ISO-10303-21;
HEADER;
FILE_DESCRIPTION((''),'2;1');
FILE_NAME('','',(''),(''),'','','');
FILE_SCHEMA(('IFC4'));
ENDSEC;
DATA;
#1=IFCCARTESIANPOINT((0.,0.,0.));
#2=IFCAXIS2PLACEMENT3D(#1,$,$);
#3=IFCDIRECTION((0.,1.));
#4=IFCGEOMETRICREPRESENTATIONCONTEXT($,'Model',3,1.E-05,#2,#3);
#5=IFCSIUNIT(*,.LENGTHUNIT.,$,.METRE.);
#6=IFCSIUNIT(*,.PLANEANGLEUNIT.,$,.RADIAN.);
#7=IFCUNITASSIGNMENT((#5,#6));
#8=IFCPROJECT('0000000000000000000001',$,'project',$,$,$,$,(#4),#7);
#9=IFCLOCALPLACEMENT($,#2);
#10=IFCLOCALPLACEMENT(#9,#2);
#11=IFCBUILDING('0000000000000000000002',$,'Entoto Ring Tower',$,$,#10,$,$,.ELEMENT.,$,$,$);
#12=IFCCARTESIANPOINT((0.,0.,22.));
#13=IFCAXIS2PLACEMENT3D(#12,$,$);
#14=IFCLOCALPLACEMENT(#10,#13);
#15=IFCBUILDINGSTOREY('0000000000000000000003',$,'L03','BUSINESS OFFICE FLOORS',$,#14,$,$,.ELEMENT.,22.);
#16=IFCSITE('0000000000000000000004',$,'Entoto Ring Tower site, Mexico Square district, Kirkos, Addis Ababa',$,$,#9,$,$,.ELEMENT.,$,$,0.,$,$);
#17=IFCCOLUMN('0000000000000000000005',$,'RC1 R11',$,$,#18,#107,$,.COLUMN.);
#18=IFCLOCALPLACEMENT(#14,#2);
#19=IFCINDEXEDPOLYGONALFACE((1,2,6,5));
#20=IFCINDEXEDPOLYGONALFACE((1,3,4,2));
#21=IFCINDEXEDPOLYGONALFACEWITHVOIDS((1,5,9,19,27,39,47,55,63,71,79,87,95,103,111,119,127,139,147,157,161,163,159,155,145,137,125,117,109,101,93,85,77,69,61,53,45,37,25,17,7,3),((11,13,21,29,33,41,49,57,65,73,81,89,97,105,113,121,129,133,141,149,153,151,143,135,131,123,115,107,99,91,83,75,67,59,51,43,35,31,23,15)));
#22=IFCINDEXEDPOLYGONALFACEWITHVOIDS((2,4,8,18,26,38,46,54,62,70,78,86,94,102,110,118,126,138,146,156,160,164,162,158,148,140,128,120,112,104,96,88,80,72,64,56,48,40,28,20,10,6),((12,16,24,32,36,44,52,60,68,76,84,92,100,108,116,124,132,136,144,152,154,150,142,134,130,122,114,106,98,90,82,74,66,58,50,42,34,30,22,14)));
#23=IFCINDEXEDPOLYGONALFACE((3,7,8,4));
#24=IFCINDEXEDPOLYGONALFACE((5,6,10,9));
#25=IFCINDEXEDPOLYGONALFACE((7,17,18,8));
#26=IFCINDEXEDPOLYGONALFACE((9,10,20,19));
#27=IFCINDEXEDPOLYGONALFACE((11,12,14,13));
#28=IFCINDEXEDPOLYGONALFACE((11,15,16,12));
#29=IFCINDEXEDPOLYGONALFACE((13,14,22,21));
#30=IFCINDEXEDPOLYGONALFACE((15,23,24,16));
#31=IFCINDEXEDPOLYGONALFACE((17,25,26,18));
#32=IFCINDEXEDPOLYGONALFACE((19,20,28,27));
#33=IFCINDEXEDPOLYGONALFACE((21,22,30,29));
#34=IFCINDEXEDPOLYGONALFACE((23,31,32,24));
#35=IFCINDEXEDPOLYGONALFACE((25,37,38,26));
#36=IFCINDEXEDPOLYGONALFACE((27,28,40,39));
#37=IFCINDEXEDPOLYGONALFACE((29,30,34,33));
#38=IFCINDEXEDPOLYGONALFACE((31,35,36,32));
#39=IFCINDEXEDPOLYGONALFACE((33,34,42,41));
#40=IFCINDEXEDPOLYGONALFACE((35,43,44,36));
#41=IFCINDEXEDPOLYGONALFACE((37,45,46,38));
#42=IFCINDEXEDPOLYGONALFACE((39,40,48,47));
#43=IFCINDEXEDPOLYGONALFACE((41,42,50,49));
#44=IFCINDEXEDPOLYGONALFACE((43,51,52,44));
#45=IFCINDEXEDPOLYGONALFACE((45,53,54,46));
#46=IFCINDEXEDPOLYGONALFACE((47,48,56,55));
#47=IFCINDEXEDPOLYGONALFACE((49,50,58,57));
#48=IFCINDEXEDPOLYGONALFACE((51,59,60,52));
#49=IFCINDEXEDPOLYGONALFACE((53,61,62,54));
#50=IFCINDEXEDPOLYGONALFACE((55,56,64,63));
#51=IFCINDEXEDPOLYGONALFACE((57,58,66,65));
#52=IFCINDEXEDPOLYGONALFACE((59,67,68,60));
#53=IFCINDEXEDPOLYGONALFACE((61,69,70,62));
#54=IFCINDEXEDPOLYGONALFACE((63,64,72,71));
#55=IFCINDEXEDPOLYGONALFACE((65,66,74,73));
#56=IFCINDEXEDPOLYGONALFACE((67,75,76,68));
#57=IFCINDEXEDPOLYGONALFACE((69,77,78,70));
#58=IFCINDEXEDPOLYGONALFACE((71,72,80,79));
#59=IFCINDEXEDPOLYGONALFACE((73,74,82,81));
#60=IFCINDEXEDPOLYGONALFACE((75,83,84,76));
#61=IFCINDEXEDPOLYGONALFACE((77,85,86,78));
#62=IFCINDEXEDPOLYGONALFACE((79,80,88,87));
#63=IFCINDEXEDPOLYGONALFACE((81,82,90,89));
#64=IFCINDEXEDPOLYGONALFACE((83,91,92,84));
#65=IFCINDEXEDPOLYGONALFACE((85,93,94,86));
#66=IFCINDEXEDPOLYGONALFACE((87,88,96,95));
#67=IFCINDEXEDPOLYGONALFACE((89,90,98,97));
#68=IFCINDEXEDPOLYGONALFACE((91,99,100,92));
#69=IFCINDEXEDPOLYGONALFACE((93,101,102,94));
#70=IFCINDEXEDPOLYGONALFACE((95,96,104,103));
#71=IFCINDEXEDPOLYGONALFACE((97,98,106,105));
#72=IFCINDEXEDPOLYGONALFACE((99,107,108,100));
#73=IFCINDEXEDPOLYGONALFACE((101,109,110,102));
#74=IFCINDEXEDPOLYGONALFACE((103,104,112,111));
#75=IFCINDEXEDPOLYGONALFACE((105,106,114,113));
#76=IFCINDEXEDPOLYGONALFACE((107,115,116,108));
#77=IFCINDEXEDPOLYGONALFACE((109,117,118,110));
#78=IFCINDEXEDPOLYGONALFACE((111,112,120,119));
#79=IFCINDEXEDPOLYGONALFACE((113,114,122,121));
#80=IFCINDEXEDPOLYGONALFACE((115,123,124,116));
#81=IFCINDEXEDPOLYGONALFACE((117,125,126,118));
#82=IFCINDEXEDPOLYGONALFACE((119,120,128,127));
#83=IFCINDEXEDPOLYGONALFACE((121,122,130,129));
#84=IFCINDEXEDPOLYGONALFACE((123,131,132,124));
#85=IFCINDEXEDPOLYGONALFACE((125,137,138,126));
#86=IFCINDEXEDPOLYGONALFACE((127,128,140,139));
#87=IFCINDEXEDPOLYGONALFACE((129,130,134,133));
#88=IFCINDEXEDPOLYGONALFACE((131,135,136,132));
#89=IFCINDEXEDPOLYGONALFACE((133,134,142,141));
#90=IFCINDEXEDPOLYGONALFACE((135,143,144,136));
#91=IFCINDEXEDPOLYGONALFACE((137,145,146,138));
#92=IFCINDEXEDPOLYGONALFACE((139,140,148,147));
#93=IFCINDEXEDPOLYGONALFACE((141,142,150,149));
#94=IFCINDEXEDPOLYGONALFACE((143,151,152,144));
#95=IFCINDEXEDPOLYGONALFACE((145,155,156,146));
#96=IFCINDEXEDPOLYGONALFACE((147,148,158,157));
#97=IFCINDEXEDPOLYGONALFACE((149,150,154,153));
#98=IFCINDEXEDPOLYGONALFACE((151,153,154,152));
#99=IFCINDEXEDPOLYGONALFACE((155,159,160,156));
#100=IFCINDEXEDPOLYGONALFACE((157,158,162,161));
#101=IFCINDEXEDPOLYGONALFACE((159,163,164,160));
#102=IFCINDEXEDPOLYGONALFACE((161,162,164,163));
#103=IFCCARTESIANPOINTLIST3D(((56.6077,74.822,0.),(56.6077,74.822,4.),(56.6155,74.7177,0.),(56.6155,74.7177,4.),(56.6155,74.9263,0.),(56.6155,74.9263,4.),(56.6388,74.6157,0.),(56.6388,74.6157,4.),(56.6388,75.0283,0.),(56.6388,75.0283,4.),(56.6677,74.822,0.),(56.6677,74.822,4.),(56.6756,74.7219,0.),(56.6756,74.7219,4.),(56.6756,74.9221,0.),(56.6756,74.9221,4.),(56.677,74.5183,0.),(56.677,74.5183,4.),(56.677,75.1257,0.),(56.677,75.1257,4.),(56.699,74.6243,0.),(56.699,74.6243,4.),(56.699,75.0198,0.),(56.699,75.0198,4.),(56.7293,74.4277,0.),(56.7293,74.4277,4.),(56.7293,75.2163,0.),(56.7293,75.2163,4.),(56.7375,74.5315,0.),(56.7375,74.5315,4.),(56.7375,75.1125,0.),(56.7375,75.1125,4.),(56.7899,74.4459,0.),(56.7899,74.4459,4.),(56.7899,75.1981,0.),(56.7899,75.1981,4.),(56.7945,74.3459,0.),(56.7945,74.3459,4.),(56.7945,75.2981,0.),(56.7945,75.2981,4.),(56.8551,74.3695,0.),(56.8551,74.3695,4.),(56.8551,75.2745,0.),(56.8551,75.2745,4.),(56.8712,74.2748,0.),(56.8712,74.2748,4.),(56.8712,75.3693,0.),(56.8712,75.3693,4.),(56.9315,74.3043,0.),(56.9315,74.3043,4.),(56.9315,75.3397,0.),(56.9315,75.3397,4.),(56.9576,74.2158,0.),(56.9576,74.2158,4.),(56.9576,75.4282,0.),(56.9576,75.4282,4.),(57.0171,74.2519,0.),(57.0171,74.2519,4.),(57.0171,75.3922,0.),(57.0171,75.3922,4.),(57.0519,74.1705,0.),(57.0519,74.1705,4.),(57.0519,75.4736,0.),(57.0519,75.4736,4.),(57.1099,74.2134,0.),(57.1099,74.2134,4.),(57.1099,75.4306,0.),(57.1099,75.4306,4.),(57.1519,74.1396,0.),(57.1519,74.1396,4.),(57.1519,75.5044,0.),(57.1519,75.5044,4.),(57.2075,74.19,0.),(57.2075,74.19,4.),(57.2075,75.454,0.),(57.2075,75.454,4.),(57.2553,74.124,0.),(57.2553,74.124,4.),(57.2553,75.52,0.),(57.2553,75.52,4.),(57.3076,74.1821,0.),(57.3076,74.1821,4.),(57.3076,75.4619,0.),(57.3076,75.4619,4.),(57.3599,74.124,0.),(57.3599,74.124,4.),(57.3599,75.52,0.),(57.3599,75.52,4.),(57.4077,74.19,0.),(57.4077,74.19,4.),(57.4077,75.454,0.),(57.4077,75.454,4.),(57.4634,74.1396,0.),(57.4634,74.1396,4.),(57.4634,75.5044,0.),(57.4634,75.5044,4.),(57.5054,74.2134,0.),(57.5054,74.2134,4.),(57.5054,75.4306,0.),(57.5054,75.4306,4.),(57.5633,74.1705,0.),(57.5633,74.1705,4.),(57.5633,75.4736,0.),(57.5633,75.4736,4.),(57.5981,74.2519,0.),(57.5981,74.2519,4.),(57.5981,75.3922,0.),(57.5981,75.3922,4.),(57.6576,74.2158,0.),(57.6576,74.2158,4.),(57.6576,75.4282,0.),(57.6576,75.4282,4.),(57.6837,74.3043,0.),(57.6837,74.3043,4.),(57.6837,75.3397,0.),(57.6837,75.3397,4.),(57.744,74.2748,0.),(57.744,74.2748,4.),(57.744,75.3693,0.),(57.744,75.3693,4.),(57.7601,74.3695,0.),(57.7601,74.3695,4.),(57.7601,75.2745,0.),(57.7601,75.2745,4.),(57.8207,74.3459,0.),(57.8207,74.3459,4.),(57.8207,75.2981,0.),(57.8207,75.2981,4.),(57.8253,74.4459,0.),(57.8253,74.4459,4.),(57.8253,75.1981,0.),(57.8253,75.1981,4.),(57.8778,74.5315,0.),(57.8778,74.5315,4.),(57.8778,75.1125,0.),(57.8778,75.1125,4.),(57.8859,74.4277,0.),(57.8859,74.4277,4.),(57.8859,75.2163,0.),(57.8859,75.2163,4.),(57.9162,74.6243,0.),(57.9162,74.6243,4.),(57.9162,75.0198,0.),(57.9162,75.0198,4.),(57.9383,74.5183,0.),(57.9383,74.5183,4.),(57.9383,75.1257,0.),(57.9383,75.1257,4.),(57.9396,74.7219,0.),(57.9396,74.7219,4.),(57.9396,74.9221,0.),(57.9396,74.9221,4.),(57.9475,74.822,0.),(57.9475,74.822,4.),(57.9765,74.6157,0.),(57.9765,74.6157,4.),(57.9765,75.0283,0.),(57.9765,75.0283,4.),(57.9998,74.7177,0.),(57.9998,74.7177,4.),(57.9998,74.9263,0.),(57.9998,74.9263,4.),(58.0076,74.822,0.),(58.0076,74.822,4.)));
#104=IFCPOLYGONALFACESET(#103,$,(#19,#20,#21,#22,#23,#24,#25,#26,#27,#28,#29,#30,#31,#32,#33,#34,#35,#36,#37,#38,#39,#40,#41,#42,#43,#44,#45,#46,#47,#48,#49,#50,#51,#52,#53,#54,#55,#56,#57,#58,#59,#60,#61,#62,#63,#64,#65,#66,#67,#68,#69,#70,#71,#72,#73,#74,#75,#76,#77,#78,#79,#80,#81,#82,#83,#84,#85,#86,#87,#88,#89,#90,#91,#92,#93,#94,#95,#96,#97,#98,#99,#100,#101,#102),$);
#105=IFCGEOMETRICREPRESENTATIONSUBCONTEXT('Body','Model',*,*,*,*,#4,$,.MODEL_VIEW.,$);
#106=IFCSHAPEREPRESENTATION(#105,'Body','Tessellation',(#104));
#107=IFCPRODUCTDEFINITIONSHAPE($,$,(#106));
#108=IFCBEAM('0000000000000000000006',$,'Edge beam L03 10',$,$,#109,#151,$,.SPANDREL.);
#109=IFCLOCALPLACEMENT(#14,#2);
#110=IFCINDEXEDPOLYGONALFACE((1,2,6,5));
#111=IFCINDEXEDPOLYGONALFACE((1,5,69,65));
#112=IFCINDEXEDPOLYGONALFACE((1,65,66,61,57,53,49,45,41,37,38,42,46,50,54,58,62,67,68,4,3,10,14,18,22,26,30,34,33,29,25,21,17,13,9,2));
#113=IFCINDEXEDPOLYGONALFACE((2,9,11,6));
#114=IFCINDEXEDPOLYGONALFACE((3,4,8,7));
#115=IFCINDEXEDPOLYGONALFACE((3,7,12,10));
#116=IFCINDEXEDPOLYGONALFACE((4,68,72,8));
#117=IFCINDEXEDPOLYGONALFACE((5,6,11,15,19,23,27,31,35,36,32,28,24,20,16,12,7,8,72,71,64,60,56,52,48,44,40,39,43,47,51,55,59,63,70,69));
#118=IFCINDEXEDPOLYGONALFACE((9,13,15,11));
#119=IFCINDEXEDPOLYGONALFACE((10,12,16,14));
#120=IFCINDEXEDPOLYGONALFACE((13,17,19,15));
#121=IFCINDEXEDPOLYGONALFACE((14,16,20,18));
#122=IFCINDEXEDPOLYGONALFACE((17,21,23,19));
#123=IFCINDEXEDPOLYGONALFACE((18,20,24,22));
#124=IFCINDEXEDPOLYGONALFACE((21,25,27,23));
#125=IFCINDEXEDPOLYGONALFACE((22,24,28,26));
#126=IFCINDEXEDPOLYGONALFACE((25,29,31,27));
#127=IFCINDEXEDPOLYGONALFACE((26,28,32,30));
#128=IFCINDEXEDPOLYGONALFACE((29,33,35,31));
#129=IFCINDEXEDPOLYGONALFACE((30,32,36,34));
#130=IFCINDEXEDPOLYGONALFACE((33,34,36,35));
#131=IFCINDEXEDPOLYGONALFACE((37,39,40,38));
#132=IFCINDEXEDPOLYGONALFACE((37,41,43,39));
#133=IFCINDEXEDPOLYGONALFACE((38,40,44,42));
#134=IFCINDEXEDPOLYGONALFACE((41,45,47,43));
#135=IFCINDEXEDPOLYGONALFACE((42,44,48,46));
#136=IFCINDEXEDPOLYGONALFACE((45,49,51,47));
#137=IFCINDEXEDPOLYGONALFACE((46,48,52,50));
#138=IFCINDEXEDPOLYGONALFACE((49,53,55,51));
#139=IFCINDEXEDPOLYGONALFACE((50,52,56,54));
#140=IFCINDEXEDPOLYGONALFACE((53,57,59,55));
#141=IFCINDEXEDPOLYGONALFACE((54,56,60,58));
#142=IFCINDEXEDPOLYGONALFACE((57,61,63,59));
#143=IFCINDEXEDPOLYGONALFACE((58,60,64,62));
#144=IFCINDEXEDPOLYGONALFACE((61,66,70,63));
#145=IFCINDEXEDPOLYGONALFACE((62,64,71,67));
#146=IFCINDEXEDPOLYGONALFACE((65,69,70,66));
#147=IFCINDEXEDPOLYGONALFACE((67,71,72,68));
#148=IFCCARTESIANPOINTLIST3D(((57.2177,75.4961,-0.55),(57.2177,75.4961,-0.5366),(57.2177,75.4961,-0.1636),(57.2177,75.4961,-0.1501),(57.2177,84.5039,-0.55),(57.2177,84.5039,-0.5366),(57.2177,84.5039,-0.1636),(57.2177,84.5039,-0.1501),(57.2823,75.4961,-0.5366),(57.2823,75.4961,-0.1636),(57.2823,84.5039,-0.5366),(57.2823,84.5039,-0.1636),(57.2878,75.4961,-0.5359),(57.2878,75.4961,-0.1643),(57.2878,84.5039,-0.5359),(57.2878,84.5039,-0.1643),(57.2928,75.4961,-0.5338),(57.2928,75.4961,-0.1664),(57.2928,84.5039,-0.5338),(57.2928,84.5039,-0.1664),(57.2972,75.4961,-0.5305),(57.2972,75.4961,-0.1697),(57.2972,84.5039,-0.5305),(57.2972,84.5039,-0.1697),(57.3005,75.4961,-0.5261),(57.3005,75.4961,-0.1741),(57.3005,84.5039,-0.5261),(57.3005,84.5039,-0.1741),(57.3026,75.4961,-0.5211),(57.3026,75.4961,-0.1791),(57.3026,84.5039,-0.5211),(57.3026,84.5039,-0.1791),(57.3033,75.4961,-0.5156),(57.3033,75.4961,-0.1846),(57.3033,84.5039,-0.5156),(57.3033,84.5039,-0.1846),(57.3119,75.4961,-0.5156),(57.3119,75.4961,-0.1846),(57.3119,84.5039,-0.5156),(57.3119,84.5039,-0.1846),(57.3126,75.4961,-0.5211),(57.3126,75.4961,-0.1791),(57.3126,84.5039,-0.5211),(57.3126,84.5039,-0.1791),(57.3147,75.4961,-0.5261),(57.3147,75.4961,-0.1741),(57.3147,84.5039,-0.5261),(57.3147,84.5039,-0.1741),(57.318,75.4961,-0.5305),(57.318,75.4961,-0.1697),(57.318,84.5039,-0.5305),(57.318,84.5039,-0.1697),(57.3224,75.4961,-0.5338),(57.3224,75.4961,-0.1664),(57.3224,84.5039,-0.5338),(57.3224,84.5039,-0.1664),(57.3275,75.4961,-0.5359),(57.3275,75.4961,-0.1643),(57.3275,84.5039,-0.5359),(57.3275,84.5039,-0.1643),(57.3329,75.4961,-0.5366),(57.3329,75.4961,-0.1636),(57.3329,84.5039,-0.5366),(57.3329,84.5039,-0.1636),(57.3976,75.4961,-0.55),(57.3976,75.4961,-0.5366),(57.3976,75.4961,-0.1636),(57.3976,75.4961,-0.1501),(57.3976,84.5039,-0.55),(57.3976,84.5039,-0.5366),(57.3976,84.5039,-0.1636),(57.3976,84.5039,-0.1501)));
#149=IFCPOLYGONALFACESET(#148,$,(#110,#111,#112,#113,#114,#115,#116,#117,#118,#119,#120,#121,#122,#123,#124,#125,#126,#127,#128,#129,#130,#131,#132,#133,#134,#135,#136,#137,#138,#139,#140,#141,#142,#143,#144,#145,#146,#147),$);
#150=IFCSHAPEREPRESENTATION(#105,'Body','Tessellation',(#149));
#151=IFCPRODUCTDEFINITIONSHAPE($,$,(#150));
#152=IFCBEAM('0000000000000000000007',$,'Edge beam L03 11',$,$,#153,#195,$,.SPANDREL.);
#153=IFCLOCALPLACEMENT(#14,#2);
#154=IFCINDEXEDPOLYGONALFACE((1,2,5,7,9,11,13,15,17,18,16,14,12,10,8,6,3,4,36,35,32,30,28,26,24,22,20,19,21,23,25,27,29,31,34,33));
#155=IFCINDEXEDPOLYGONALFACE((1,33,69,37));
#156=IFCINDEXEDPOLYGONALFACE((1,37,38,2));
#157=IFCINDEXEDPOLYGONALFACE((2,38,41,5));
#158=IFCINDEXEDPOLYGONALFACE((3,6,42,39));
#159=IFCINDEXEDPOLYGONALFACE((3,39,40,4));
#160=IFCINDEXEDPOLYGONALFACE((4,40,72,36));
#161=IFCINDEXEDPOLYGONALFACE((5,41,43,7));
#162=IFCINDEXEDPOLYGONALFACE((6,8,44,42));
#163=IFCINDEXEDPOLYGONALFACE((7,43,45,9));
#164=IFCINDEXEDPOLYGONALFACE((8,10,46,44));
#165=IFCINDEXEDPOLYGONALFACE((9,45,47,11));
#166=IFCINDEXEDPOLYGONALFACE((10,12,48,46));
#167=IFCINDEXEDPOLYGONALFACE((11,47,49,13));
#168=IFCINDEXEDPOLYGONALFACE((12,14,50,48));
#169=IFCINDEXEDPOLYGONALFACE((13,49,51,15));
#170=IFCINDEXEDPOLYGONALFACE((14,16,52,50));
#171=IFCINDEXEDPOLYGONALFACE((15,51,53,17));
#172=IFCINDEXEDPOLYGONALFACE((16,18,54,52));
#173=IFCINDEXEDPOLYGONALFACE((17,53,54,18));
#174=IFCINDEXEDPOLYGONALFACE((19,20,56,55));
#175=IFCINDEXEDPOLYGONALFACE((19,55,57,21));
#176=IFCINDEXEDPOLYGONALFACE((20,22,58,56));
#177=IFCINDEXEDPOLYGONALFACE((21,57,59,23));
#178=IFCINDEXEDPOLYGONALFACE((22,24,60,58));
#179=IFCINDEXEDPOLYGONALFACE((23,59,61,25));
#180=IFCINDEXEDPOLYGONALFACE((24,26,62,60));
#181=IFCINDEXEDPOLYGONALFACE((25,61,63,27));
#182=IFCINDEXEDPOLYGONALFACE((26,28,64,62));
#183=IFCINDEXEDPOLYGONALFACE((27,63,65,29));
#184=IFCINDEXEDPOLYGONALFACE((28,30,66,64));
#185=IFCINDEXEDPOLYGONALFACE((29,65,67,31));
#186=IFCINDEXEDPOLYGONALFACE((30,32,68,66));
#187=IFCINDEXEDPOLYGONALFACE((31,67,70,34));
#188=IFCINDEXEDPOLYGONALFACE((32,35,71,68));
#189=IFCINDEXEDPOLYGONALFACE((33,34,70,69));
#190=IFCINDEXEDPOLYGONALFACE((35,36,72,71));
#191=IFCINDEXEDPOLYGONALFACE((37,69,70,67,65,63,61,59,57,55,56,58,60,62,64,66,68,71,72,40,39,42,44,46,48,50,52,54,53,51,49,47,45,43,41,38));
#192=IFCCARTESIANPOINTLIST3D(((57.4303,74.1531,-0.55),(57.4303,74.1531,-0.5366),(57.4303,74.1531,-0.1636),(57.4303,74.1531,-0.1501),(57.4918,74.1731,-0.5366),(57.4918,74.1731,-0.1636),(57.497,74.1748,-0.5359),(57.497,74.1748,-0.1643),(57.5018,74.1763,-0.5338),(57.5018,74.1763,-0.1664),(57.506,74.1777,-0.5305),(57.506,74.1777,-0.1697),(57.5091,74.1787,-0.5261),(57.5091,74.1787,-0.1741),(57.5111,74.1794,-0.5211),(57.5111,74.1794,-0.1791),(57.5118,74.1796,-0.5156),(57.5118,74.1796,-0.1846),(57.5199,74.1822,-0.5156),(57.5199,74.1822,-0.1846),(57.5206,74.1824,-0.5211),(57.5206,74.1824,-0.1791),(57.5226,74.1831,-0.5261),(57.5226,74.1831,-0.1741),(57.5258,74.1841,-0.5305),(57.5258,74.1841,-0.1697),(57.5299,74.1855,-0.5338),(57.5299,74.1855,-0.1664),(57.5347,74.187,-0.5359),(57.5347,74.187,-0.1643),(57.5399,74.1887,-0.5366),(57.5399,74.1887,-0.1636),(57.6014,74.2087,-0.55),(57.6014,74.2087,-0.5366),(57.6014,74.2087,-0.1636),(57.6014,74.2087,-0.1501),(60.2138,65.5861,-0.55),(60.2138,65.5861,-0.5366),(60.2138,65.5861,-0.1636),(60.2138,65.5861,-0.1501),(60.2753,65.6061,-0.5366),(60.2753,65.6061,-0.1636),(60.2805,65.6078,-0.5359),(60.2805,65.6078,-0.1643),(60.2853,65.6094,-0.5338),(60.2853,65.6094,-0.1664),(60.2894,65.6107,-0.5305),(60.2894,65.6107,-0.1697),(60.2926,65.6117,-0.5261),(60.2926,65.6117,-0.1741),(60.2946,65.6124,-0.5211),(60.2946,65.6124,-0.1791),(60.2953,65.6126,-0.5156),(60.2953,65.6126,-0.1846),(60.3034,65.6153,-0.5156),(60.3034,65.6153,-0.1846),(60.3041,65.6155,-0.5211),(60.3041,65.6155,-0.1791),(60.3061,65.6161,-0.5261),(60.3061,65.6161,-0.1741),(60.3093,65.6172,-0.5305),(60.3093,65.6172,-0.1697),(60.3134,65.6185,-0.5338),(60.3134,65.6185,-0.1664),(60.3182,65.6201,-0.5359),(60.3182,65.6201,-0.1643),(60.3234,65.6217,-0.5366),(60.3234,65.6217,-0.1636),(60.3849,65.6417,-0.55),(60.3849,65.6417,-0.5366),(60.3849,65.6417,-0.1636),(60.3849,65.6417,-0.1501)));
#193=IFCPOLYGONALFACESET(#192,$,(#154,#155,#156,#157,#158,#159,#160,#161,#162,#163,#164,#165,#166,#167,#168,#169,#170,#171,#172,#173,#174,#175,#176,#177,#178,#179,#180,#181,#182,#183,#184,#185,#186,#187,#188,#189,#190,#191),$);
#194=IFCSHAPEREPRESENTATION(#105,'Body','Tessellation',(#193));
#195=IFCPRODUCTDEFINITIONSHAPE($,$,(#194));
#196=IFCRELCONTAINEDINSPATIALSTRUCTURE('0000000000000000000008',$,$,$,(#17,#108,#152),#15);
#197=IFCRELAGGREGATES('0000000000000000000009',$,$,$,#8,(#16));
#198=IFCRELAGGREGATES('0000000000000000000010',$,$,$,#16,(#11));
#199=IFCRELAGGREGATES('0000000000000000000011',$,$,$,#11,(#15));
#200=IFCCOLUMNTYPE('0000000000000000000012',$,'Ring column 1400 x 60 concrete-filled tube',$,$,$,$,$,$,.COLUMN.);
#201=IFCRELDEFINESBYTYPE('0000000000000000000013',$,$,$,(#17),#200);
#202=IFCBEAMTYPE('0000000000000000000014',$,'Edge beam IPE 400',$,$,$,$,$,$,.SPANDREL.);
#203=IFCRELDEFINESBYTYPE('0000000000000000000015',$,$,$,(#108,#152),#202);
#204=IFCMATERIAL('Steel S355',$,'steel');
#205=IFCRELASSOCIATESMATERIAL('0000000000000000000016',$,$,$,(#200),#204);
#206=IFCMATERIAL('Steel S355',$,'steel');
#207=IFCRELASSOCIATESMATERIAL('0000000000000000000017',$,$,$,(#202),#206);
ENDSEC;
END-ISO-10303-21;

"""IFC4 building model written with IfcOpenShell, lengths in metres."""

from ifc_helpers import new_model, si_unit, direction, frame, origin, origin_2d, place, context, subcontext, project, spatial, circle, hollow_circle, i_section, extrude, material, material_profile, profile_set, type_object, element, save


model = new_model("IFC4")

# Units and contexts
model_context = context("Model", 3, precision=1e-05, world=origin(), true_north=direction((0.0, 1.0)))
body_context = subcontext(model_context, "Body", "Model", "MODEL_VIEW")
ifc_project = project(units=[si_unit("LENGTHUNIT", "METRE"), si_unit("PLANEANGLEUNIT", "RADIAN")], contexts=[model_context])

# Site, building, storey
site_placement = place(None, origin())
site = spatial("IfcSite", under=ifc_project, at=site_placement, Name="Entoto Ring Tower site, Mexico Square district, Kirkos, Addis Ababa", CompositionType="ELEMENT", RefElevation=0.0)
building_placement = place(site_placement, origin())
building = spatial("IfcBuilding", under=site, at=building_placement, Name="Entoto Ring Tower", CompositionType="ELEMENT")
storey_placement = place(building_placement, frame((0.0, 0.0, 22.0)))
storey = spatial("IfcBuildingStorey", under=building, at=storey_placement, Name="L03", Description="BUSINESS OFFICE FLOORS", CompositionType="ELEMENT", Elevation=22.0)

# Column
ifc_material_1 = material(Name="Steel S355", Category="steel")
ifc_material_profile_1 = material_profile(ifc_material_1, hollow_circle(Radius=0.7, WallThickness=0.0601, at=origin_2d()), Name="CHS 1400 x 60")
ifc_material_2 = material(Name="Concrete C60/75", Category="concrete")
ifc_material_profile_2 = material_profile(ifc_material_2, circle(Radius=0.6399, at=origin_2d()), Name="Concrete C60/75 infill")
ifc_profile_set_1 = profile_set([ifc_material_profile_1, ifc_material_profile_2], Name="Steel S355")
column_type = type_object("IfcColumnType", Name="Ring column 1400 x 60 concrete-filled tube", PredefinedType="COLUMN", material=ifc_profile_set_1)
column_placement = place(storey_placement, frame((57.3076, 74.822, 0.0), z_axis=(0.0, 0.0, 1.0), x_axis=(1.0, 0.0, 0.0)))
element("IfcColumn", 1, at=column_placement, inside=storey, type_object=column_type, Name="RC1 R11", PredefinedType="COLUMN", context=body_context, shape_type="SweptSolid", body=[
    extrude(hollow_circle(Radius=0.7, WallThickness=0.0601, at=origin_2d()), origin(), (0.0, 0.0, 1.0), 4.0),
])

# Beams
ifc_material_3 = material(Name="Steel S355", Category="steel")
ifc_material_profile_3 = material_profile(ifc_material_3, i_section(OverallWidth=0.1799, OverallDepth=0.3999, WebThickness=0.0085, FlangeThickness=0.0134, FilletRadius=0.021, at=origin_2d()), Name="IPE 400")
ifc_profile_set_2 = profile_set([ifc_material_profile_3], Name="Steel S355")
beam_type_1 = type_object("IfcBeamType", Name="Edge beam IPE 400", PredefinedType="SPANDREL", material=ifc_profile_set_2)
for number, where, z_axis, x_axis, name in (
    (2, (57.3076, 84.5039, -0.3501), (0.0, -1.0, 0.0), (1.0, 0.0, 0.0), "Edge beam L03 10"),
    (3, (57.5159, 74.1809, -0.3501), (0.309006, -0.95106, 0.0), (0.95106, 0.309006, 0.0), "Edge beam L03 11"),
):
    element("IfcBeam", number, at=place(storey_placement, frame(where, z_axis=z_axis, x_axis=x_axis)), inside=storey, type_object=beam_type_1, Name=name, PredefinedType="SPANDREL", context=body_context, shape_type="SweptSolid", body=[
        extrude(i_section(OverallWidth=0.1799, OverallDepth=0.3999, WebThickness=0.0085, FlangeThickness=0.0134, FilletRadius=0.021, at=origin_2d()), origin(), (0.0, 0.0, 1.0), 9.0078),
    ])

save(model, "model.ifc")
